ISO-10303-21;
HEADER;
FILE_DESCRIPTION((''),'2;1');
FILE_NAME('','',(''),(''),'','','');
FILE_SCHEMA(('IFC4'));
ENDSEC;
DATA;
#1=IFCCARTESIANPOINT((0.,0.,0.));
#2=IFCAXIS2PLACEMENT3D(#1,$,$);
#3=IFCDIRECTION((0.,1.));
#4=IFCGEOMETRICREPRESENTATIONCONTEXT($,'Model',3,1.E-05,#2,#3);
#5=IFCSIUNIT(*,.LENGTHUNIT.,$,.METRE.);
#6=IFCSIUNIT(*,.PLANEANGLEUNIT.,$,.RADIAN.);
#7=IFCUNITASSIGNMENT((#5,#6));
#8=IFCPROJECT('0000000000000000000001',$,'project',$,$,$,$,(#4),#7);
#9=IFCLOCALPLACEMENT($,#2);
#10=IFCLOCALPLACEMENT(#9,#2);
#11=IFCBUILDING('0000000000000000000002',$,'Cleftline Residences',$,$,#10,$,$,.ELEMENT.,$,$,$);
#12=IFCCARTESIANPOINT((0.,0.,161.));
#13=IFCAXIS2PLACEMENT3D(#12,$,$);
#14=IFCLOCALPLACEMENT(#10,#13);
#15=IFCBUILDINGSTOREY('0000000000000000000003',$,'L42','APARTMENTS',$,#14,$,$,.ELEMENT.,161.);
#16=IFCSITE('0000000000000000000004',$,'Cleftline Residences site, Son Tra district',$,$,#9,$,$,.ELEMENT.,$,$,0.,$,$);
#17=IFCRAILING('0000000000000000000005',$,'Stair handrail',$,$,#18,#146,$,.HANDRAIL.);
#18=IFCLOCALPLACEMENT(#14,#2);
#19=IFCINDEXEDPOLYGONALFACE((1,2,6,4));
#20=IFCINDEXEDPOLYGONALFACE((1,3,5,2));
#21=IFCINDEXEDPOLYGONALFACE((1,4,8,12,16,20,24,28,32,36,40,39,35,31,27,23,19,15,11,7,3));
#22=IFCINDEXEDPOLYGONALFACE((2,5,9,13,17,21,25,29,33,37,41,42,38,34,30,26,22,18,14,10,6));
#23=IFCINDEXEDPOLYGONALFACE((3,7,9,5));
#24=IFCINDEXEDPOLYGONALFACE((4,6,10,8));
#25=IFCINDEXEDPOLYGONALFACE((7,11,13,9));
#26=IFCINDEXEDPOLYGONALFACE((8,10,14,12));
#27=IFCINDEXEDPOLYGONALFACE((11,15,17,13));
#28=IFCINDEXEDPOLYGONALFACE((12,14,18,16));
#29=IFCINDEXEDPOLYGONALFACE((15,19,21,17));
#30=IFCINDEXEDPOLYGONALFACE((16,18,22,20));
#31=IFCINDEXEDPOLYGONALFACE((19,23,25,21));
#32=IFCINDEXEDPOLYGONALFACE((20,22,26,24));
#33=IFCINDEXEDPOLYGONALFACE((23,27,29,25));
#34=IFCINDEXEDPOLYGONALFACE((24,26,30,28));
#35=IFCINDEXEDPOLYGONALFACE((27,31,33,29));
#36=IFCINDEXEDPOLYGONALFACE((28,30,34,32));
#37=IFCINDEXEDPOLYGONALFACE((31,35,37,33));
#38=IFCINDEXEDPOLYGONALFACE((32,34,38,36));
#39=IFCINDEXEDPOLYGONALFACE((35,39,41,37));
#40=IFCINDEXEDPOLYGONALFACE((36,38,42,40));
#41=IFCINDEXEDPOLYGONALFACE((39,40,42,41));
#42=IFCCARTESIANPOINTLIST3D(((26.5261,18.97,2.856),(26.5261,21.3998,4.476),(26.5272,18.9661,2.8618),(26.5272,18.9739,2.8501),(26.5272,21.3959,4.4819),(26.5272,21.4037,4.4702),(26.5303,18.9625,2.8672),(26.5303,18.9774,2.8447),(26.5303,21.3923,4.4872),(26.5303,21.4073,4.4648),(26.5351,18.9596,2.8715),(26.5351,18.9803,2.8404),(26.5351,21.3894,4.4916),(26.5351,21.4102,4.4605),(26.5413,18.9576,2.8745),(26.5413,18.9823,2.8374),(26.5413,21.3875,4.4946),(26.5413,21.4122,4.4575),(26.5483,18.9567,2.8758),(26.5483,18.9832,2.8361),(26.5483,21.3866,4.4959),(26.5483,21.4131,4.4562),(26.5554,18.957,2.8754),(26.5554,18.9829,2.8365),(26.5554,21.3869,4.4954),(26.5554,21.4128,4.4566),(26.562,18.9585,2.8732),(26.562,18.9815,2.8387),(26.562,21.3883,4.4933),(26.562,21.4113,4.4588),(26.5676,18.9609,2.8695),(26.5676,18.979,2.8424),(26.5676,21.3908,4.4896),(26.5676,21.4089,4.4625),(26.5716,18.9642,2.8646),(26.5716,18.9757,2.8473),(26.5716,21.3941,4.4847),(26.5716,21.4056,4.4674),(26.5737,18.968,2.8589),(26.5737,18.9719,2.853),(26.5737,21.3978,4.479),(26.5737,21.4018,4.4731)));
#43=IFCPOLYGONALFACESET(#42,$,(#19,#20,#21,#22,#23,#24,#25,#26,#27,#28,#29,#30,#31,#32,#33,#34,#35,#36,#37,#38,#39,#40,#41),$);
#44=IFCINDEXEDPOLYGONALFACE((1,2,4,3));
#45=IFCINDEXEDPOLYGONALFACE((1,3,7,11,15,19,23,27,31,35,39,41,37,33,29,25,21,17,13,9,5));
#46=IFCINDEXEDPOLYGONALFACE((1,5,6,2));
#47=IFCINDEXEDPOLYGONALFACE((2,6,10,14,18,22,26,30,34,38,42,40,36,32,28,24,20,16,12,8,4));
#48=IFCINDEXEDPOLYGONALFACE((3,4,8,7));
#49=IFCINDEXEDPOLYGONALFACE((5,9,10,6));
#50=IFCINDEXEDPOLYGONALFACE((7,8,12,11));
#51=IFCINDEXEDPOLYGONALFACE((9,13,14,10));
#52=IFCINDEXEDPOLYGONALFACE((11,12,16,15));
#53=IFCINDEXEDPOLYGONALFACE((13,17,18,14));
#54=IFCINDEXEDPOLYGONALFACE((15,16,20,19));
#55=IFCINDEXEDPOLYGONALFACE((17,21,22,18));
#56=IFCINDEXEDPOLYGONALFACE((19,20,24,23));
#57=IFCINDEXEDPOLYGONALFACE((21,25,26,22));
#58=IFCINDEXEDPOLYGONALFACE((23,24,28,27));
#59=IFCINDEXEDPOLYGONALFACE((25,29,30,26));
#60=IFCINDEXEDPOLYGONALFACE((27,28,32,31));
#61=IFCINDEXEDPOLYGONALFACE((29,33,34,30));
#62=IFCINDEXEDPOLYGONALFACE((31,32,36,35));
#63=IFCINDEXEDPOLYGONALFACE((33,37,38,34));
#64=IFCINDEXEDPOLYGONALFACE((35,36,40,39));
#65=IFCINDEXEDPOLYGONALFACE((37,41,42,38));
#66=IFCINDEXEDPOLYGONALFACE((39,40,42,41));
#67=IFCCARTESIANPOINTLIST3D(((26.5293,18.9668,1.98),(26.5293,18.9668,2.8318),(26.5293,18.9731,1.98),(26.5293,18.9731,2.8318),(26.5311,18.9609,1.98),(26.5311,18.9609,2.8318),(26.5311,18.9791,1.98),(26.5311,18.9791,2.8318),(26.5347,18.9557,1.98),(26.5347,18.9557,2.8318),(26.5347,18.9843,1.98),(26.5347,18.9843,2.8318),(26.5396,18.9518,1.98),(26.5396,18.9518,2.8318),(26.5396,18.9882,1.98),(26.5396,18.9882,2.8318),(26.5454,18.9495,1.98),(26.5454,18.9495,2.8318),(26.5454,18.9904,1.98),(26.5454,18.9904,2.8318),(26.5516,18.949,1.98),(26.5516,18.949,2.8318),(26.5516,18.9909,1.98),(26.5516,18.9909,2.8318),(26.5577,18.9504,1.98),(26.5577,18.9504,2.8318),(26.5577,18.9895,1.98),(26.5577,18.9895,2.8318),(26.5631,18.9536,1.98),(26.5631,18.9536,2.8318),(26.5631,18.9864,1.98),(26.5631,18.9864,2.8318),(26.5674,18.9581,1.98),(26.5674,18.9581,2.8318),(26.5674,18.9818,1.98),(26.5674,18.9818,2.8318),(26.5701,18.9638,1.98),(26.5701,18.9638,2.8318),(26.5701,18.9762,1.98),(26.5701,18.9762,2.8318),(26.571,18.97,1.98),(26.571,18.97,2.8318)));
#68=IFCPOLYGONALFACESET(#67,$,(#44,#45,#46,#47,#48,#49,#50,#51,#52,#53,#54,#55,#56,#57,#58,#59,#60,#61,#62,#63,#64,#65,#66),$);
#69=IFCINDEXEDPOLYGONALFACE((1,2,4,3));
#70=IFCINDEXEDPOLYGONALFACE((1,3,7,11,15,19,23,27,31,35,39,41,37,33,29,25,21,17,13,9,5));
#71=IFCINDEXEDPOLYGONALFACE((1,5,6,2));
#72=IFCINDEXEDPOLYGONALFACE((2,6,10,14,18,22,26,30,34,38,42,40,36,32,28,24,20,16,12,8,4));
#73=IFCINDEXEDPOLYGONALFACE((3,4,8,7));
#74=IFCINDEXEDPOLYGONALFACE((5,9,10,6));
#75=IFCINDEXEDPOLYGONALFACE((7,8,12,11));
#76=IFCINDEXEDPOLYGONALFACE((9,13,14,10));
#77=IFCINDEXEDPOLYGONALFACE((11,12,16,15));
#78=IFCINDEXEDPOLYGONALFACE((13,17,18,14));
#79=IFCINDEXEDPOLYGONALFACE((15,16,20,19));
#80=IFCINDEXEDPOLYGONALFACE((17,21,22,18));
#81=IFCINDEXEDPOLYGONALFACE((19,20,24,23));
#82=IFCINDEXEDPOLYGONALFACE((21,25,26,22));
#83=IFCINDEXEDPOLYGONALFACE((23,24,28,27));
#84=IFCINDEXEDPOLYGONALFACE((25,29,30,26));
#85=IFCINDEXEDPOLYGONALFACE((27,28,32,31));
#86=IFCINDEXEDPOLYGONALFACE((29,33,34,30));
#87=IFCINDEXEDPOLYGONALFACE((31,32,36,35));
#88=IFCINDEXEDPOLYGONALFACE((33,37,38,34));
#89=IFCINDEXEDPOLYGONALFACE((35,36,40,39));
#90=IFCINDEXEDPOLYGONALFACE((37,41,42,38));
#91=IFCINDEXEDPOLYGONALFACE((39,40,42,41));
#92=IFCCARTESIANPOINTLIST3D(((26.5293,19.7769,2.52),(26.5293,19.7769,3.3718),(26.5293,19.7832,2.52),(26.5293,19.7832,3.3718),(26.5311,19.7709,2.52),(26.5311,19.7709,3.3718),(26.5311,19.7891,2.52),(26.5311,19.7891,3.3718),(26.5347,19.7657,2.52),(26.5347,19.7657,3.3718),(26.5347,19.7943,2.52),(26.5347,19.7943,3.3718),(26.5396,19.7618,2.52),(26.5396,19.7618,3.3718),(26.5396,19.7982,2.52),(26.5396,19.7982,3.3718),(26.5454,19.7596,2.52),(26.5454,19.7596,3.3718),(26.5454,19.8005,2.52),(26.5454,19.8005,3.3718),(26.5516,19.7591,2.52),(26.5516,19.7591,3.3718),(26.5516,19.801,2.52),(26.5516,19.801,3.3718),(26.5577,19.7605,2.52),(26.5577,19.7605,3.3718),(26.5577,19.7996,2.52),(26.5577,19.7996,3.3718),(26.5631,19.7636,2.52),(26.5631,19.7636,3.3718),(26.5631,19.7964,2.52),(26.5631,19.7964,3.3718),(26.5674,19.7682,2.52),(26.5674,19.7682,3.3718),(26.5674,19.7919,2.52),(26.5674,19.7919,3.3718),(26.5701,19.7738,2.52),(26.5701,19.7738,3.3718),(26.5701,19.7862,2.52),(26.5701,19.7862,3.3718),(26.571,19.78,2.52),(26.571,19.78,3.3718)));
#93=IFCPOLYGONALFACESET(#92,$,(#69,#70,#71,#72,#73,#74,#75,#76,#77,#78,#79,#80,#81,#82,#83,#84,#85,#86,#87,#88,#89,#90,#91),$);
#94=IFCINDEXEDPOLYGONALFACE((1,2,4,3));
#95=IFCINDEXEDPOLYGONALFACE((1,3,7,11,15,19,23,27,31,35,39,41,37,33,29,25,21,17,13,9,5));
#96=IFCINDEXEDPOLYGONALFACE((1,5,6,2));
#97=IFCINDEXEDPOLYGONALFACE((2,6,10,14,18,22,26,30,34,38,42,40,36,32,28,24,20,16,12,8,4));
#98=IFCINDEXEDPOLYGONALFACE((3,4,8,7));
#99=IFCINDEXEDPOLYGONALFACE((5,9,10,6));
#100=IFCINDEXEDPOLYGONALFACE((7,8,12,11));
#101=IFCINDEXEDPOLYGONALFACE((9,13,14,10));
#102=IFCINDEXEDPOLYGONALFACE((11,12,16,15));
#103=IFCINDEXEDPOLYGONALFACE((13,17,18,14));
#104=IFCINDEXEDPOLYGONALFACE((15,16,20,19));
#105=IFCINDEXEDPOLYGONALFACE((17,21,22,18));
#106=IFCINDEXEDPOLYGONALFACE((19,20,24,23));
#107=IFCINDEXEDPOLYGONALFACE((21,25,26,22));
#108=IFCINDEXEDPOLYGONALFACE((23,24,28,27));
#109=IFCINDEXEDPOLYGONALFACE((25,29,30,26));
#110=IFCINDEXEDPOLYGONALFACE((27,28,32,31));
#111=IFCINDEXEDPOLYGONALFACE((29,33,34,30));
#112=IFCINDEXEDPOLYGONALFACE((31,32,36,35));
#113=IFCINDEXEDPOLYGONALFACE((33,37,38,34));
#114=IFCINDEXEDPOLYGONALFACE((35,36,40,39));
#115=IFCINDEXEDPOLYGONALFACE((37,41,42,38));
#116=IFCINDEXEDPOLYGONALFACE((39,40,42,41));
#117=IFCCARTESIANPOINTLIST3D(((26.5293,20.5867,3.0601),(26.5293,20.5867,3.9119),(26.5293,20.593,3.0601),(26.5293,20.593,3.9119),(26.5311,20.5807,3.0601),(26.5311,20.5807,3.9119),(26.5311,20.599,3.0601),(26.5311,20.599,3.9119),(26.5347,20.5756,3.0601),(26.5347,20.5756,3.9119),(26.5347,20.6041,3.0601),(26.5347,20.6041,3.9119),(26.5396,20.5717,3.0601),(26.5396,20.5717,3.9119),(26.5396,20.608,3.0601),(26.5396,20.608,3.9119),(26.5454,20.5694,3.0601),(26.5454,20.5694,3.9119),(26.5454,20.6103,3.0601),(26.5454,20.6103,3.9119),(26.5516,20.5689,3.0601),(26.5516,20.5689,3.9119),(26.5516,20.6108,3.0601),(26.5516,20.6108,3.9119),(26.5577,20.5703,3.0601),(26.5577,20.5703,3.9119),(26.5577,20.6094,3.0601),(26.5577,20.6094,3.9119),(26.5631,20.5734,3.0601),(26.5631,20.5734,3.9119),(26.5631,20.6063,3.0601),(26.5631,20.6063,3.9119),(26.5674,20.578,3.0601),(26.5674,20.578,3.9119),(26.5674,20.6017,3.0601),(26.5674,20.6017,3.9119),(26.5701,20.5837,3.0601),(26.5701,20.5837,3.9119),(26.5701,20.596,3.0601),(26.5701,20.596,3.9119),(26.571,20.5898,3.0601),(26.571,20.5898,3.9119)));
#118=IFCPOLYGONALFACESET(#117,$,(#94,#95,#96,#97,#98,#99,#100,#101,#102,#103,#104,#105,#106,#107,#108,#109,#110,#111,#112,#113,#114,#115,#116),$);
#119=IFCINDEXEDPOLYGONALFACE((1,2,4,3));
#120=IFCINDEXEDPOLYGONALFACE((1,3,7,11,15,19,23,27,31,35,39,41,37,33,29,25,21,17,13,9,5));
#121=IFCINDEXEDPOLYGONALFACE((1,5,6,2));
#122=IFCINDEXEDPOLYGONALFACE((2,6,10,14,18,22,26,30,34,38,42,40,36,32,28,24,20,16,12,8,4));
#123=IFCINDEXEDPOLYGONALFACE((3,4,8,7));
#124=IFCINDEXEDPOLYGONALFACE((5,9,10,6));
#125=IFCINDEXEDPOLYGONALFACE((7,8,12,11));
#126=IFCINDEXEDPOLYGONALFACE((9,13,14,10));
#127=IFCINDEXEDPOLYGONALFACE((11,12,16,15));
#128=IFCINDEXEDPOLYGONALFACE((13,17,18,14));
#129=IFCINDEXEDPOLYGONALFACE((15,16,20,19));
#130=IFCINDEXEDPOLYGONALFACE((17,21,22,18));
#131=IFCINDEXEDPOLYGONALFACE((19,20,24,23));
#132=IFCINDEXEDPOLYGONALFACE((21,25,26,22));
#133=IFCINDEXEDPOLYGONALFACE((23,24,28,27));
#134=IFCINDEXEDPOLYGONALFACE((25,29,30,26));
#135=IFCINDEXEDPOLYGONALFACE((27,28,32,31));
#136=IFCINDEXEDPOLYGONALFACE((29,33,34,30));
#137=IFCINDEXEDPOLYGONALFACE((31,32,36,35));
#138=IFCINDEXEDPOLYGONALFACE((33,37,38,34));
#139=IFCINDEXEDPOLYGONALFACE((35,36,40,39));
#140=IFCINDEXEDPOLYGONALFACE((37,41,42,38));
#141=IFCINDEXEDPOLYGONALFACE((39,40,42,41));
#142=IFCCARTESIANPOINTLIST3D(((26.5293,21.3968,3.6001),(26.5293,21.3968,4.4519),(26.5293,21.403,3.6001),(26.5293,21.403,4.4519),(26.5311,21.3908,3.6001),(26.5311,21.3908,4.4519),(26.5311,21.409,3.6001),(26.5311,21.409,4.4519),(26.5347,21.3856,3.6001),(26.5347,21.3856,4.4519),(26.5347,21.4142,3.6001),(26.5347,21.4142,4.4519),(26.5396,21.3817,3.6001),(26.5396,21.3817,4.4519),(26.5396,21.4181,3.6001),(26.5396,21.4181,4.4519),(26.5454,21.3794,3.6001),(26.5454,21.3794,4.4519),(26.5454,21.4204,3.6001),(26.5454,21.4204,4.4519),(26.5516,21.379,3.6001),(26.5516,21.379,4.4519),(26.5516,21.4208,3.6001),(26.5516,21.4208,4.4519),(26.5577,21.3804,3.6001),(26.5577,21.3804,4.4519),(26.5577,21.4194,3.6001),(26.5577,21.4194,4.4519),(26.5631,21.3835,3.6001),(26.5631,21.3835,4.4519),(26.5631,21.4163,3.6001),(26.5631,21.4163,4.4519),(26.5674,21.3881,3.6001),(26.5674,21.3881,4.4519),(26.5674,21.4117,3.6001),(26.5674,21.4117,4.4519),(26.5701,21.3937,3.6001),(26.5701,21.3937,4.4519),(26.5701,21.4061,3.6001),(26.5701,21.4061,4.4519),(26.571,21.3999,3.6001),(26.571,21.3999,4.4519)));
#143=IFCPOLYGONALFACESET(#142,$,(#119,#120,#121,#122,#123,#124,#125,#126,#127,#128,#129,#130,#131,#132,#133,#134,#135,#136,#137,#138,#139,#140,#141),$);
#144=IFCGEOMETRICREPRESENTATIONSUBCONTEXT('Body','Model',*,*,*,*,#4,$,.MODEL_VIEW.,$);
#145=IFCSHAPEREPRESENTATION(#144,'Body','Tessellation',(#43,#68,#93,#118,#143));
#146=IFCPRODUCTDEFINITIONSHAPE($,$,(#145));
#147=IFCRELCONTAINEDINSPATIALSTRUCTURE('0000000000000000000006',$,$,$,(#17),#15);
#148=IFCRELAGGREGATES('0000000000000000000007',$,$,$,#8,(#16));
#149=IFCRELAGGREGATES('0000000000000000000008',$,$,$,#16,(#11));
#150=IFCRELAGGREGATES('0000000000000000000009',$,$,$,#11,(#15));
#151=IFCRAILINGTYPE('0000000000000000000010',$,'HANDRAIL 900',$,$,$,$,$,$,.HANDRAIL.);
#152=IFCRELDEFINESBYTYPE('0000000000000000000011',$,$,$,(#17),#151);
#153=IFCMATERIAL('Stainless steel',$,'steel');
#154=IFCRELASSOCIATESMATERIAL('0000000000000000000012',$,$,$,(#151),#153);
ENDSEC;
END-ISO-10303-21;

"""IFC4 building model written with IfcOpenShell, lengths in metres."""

from ifc_helpers import new_model, si_unit, direction, frame, origin, origin_2d, place, context, subcontext, project, spatial, circle, extrude, material, type_object, element, save


model = new_model("IFC4")

# Units and contexts
model_context = context("Model", 3, precision=1e-05, world=origin(), true_north=direction((0.0, 1.0)))
body_context = subcontext(model_context, "Body", "Model", "MODEL_VIEW")
ifc_project = project(units=[si_unit("LENGTHUNIT", "METRE"), si_unit("PLANEANGLEUNIT", "RADIAN")], contexts=[model_context])

# Site, building, storey
site_placement = place(None, origin())
site = spatial("IfcSite", under=ifc_project, at=site_placement, Name="Cleftline Residences site, Son Tra district", CompositionType="ELEMENT", RefElevation=0.0)
building_placement = place(site_placement, origin())
building = spatial("IfcBuilding", under=site, at=building_placement, Name="Cleftline Residences", CompositionType="ELEMENT")
storey_placement = place(building_placement, frame((0.0, 0.0, 161.0)))
storey = spatial("IfcBuildingStorey", under=building, at=storey_placement, Name="L42", Description="APARTMENTS", CompositionType="ELEMENT", Elevation=161.0)

# Railing
ifc_material_1 = material(Name="Stainless steel", Category="steel")
railing_type = type_object("IfcRailingType", Name="HANDRAIL 900", PredefinedType="HANDRAIL", material=ifc_material_1)
railing_1_placement = place(storey_placement, frame((26.55, 18.97, 1.98)))
element("IfcRailing", 1, at=railing_1_placement, inside=storey, type_object=railing_type, Name="Stair handrail", PredefinedType="HANDRAIL", context=body_context, shape_type="SweptSolid", body=[
    extrude(circle(Radius=0.0239, at=origin_2d()), frame((0.0, 0.0, 0.876), z_axis=(0.0, 0.832025, 0.554739), x_axis=(-1.0, 0.0, 0.0)), (0.0, 0.0, 1.0), 2.9204),
    extrude(circle(Radius=0.021, at=origin_2d()), origin(), (0.0, 0.0, 1.0), 0.8518),
    extrude(circle(Radius=0.021, at=origin_2d()), frame((0.0, 0.8101, 0.54)), (0.0, 0.0, 1.0), 0.8518),
    extrude(circle(Radius=0.021, at=origin_2d()), frame((0.0, 1.6199, 1.0801)), (0.0, 0.0, 1.0), 0.8518),
    extrude(circle(Radius=0.021, at=origin_2d()), frame((0.0, 2.4299, 1.6201)), (0.0, 0.0, 1.0), 0.8518),
])

save(model, "model.ifc")
